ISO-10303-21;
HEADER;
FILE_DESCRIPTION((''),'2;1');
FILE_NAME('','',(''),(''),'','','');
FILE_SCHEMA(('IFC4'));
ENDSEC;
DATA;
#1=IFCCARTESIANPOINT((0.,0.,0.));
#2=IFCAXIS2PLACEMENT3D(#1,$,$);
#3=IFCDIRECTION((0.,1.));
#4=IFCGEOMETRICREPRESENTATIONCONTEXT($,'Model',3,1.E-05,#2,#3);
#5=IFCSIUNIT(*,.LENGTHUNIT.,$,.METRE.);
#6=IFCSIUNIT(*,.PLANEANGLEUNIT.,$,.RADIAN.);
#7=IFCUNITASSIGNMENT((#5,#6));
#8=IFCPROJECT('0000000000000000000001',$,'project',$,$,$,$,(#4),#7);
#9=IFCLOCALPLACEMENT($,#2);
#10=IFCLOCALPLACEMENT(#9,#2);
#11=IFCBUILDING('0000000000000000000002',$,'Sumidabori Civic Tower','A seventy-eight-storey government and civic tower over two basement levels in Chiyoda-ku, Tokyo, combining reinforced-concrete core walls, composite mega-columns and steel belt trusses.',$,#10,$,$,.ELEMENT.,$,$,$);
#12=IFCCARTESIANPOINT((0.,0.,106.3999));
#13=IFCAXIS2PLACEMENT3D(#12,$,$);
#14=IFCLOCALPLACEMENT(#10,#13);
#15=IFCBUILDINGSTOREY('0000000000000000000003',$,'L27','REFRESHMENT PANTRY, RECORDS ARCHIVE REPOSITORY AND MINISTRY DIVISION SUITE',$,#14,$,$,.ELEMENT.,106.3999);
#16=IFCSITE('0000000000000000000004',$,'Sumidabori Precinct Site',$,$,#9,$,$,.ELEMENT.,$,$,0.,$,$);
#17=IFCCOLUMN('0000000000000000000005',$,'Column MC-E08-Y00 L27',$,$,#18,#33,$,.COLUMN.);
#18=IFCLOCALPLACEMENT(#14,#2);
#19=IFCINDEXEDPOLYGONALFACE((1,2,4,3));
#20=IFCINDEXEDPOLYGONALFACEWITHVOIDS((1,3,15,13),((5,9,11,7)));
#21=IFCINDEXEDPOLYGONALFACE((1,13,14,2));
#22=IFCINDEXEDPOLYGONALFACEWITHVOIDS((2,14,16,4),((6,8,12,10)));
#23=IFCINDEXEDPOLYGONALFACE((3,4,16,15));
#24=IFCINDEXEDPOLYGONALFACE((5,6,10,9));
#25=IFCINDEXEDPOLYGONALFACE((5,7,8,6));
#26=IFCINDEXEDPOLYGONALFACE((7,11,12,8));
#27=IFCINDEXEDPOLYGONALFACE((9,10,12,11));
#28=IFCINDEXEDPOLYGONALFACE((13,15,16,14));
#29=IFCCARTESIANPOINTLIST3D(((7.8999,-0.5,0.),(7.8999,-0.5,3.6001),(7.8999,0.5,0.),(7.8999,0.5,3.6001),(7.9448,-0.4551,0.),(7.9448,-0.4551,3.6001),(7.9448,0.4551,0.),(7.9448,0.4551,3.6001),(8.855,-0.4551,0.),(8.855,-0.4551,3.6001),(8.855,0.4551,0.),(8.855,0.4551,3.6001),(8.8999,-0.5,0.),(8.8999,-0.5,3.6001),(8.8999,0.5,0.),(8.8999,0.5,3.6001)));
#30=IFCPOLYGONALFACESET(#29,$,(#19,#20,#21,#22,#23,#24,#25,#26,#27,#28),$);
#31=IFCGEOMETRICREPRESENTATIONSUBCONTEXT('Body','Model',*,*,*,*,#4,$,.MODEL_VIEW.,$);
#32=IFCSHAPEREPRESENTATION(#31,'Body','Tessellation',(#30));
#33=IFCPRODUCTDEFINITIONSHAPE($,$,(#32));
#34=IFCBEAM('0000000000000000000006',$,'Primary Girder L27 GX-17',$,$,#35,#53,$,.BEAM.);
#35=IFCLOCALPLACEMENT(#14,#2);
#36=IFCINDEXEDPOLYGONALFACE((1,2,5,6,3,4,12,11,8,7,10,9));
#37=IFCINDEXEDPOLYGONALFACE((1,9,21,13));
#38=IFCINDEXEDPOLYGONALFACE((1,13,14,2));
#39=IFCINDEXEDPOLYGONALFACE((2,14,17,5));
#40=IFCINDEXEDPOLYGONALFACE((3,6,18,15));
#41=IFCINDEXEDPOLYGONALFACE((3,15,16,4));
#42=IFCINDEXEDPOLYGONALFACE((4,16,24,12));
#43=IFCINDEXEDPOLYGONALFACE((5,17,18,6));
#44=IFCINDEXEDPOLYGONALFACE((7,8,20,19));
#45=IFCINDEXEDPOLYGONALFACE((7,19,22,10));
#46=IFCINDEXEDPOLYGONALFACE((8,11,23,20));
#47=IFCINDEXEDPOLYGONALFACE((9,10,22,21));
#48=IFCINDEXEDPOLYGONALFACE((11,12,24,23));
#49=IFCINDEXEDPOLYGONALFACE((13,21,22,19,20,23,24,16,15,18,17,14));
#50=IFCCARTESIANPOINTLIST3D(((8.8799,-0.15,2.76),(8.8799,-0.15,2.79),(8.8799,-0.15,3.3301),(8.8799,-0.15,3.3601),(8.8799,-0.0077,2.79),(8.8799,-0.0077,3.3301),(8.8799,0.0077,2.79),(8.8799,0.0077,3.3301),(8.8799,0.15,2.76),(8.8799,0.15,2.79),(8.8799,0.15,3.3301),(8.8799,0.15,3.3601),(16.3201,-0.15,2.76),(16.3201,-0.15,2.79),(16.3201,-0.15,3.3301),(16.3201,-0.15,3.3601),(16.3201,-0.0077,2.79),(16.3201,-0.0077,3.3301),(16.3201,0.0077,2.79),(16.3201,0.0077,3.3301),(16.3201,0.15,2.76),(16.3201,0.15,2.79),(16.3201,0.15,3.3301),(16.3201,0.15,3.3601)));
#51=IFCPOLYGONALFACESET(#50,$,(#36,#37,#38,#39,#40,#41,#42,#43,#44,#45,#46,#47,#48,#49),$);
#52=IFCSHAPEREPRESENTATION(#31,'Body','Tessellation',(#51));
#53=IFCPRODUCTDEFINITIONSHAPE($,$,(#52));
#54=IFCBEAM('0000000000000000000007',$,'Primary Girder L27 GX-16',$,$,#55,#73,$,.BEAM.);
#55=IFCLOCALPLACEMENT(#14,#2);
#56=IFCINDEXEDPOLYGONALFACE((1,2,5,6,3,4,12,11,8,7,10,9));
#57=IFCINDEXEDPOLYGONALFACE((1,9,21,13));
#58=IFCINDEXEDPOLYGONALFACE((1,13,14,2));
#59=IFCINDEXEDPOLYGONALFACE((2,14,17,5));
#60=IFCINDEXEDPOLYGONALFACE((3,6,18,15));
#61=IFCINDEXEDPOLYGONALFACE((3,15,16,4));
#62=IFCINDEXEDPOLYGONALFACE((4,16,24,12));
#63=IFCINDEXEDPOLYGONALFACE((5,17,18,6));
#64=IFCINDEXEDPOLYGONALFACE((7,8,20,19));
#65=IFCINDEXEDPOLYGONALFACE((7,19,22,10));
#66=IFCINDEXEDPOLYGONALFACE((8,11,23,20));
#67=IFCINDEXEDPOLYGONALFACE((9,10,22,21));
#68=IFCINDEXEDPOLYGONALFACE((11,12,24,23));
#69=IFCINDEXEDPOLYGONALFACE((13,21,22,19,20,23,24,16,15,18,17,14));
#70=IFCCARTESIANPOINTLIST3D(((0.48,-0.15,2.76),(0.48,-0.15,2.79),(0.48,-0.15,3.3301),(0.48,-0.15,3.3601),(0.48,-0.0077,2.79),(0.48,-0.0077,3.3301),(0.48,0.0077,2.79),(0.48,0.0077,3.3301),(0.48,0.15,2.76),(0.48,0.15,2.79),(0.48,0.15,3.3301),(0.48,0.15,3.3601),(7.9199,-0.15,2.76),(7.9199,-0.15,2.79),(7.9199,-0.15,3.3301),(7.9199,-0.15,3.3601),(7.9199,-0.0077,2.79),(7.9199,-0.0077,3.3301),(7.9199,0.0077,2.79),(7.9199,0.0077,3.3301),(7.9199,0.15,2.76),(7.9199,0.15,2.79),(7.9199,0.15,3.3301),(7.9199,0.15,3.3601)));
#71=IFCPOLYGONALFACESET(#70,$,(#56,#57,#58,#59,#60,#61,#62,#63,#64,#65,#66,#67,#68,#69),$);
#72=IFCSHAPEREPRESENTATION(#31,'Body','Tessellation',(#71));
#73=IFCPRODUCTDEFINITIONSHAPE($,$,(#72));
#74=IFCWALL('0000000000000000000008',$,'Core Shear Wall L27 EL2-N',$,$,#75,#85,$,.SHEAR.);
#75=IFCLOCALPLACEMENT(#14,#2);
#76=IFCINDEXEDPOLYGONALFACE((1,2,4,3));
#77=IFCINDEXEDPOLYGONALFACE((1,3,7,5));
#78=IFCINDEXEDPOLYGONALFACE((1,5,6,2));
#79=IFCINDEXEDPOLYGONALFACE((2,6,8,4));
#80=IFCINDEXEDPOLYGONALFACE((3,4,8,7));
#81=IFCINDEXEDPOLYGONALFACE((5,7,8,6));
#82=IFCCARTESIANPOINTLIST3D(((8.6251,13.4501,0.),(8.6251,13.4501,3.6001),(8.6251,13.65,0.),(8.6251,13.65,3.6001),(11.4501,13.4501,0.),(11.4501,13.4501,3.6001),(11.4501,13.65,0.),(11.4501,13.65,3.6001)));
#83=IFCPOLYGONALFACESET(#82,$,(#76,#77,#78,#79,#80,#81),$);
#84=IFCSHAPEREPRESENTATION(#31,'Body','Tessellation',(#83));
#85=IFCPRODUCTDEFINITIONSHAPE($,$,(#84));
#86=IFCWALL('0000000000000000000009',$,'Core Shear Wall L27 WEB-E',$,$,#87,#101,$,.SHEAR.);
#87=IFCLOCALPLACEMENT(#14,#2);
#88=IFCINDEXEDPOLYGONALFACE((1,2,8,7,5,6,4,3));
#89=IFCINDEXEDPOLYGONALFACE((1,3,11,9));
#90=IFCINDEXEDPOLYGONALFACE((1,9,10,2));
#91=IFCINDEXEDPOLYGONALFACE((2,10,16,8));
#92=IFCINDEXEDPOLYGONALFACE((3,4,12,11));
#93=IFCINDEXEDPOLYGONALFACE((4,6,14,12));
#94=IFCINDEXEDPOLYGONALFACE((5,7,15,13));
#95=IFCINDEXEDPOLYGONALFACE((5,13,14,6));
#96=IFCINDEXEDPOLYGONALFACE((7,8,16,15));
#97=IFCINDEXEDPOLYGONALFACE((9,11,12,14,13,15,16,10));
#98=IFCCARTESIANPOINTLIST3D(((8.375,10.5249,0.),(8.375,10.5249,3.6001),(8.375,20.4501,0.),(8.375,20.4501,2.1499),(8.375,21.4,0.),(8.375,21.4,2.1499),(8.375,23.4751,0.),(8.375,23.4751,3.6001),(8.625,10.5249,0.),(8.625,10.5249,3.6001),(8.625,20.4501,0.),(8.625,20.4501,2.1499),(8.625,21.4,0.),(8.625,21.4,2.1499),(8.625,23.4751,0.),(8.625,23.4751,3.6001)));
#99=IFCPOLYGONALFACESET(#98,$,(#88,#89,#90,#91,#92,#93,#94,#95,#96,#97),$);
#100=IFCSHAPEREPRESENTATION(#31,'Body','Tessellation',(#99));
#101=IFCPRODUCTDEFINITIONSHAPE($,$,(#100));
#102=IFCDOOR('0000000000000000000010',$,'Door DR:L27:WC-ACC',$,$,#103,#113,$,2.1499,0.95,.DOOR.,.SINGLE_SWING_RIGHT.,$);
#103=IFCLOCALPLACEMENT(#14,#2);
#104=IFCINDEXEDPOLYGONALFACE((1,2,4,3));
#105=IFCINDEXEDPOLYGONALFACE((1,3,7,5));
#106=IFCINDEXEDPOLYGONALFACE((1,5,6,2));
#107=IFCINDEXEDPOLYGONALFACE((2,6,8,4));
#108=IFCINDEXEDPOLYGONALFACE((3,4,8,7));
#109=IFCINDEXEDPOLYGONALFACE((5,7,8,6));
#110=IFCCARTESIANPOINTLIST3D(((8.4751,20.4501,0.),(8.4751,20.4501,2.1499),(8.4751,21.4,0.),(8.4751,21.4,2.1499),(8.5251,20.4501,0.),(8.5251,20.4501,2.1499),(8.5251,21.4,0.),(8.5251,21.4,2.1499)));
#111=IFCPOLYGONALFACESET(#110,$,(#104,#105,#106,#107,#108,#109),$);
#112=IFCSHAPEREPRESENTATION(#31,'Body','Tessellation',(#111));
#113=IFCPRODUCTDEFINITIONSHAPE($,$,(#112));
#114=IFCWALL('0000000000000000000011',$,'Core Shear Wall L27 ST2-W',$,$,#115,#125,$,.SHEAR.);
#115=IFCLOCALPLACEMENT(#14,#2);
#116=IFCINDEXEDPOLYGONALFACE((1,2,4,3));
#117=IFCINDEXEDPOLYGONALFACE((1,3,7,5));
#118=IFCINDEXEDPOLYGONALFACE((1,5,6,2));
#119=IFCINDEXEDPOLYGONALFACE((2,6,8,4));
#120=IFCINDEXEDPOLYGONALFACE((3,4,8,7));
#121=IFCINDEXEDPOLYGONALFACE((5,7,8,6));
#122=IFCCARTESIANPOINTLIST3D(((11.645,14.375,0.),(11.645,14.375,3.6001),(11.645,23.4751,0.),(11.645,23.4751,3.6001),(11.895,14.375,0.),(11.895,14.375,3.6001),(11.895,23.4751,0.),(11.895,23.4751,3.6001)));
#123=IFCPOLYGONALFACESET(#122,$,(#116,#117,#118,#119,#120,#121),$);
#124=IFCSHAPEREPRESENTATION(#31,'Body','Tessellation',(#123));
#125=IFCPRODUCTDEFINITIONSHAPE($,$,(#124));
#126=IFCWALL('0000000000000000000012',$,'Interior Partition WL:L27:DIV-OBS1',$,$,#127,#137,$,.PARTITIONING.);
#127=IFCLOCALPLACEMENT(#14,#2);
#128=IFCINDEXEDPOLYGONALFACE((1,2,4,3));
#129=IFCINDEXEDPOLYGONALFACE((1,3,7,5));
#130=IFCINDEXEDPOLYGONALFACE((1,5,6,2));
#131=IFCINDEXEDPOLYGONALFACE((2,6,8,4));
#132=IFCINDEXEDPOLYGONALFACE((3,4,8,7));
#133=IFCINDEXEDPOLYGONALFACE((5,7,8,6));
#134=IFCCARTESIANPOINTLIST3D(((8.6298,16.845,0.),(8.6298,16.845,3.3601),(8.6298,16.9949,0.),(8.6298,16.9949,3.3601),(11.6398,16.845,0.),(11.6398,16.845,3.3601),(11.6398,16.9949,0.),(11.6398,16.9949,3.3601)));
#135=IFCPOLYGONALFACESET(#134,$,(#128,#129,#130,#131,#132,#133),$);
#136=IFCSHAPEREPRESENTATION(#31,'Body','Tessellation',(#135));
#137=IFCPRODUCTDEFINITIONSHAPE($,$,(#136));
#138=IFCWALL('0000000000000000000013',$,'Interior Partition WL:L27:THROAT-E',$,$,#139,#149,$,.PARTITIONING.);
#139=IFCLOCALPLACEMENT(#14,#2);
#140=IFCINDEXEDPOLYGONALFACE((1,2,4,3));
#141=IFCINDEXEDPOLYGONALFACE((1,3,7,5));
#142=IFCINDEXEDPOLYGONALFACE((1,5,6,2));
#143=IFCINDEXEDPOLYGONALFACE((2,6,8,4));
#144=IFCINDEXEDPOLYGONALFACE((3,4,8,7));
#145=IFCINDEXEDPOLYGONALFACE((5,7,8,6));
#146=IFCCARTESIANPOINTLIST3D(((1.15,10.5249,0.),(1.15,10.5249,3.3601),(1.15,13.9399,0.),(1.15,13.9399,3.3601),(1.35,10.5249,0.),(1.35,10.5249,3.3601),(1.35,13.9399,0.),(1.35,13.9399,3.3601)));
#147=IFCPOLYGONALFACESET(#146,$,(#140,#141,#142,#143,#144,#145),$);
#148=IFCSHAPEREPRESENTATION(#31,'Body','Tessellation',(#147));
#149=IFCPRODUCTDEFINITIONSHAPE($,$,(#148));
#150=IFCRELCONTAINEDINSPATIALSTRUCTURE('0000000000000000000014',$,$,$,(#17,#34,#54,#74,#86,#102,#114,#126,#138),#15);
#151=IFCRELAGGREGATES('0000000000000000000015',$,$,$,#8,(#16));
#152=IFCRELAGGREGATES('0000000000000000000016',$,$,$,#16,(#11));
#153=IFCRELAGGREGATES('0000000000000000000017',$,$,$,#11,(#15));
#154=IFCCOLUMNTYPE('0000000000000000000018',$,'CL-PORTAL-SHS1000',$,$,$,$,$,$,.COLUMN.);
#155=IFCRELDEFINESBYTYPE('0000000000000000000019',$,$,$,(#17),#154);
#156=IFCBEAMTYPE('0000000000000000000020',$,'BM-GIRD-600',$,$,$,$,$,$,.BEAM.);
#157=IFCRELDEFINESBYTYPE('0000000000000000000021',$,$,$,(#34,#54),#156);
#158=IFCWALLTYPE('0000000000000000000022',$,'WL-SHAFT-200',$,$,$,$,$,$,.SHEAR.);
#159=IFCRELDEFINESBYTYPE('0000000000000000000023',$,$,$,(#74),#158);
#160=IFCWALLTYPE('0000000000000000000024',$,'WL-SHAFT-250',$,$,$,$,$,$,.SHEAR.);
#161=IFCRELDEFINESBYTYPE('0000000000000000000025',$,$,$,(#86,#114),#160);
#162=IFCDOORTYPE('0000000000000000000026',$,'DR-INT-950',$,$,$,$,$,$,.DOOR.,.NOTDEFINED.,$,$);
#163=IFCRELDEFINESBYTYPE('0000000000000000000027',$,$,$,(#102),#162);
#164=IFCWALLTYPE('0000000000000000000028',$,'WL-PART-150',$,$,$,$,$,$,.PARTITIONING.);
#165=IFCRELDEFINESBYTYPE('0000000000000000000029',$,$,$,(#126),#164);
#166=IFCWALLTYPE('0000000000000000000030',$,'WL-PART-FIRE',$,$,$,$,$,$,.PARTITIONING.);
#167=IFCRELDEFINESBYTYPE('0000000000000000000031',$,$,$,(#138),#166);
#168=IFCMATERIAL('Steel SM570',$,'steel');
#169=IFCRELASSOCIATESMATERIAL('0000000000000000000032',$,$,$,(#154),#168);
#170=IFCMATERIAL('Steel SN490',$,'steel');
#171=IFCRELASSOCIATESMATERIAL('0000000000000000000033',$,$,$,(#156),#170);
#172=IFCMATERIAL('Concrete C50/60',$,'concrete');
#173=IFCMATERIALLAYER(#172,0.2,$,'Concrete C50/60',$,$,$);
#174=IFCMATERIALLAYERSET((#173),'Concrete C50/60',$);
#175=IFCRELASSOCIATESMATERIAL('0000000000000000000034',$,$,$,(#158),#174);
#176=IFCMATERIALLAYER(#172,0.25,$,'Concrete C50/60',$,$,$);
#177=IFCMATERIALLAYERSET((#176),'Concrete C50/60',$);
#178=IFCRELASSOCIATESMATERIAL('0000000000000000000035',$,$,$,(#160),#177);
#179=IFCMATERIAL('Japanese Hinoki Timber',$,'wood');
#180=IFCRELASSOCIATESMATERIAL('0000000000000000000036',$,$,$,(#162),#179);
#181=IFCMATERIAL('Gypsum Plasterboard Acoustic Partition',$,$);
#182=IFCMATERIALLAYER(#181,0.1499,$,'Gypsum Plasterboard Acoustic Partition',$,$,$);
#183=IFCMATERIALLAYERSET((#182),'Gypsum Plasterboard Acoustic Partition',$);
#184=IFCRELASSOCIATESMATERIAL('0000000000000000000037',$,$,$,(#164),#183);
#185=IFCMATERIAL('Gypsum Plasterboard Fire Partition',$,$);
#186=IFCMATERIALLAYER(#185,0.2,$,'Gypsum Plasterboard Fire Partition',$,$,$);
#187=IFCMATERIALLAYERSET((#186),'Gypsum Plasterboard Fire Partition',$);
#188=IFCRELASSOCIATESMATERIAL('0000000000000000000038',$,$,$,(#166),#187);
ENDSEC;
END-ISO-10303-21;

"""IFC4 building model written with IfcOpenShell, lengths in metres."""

from ifc_helpers import new_model, si_unit, direction, frame, frame_2d, origin, origin_2d, place, context, subcontext, project, spatial, rectangle, hollow_rectangle, i_section, extrude, source, transform, mapped, material, layer, layer_set, material_profile, profile_set, type_object, element, fill, save


model = new_model("IFC4")

# Units and contexts
model_context = context("Model", 3, precision=1e-05, world=origin(), true_north=direction((0.0, 1.0)))
body_context = subcontext(model_context, "Body", "Model", "MODEL_VIEW")
ifc_project = project(units=[si_unit("LENGTHUNIT", "METRE"), si_unit("PLANEANGLEUNIT", "RADIAN")], contexts=[model_context])

# Site, building, storey
site_placement = place(None, origin())
site = spatial("IfcSite", under=ifc_project, at=site_placement, Name="Sumidabori Precinct Site", CompositionType="ELEMENT", RefElevation=0.0)
building_placement = place(site_placement, origin())
building = spatial("IfcBuilding", under=site, at=building_placement, Name="Sumidabori Civic Tower", Description="A seventy-eight-storey government and civic tower over two basement levels in Chiyoda-ku, Tokyo, combining reinforced-concrete core walls, composite mega-columns and steel belt trusses.", CompositionType="ELEMENT")
storey_placement = place(building_placement, frame((0.0, 0.0, 106.3999)))
storey = spatial("IfcBuildingStorey", under=building, at=storey_placement, Name="L27", Description="REFRESHMENT PANTRY, RECORDS ARCHIVE REPOSITORY AND MINISTRY DIVISION SUITE", CompositionType="ELEMENT", Elevation=106.3999)

# Column
ifc_material_1 = material(Name="Steel SM570", Category="steel")
ifc_material_profile_1 = material_profile(ifc_material_1, hollow_rectangle(XDim=1.0, YDim=1.0, WallThickness=0.0449, at=origin_2d()), Name="SHS 1000x1000x45")
ifc_profile_set_1 = profile_set([ifc_material_profile_1], Name="Steel SM570")
column_type = type_object("IfcColumnType", Name="CL-PORTAL-SHS1000", PredefinedType="COLUMN", material=ifc_profile_set_1)
shared_shape_1 = source(origin(), body_context, "Body", "SweptSolid", [
    extrude(hollow_rectangle(XDim=1.0, YDim=1.0, WallThickness=0.0449, at=origin_2d()), origin(), (0.0, 0.0, 1.0), 3.6001),
])
column_placement = place(storey_placement, frame((8.3999, 0.0, 0.0), z_axis=(0.0, 0.0, 1.0), x_axis=(1.0, 0.0, 0.0)))
element("IfcColumn", 1, at=column_placement, inside=storey, type_object=column_type, Name="Column MC-E08-Y00 L27", PredefinedType="COLUMN", context=body_context, shape_type="MappedRepresentation", body=[
    mapped(shared_shape_1, transform((0.0, 0.0, 0.0), x_axis=(1.0, 0.0, 0.0), y_axis=(0.0, 1.0, 0.0), z_axis=(0.0, 0.0, 1.0), scale=1.0)),
])

# Beams
ifc_material_2 = material(Name="Steel SN490", Category="steel")
ifc_material_profile_2 = material_profile(ifc_material_2, i_section(OverallWidth=0.3, OverallDepth=0.6001, WebThickness=0.0154, FlangeThickness=0.03, at=origin_2d()), Name="HE 600 B")
ifc_profile_set_2 = profile_set([ifc_material_profile_2], Name="Steel SN490")
beam_type = type_object("IfcBeamType", Name="BM-GIRD-600", PredefinedType="BEAM", material=ifc_profile_set_2)
shared_shape_2 = source(origin(), body_context, "Body", "SweptSolid", [
    extrude(i_section(OverallWidth=0.3, OverallDepth=0.6001, WebThickness=0.0154, FlangeThickness=0.03, at=origin_2d()), origin(), (0.0, 0.0, 1.0), 7.4402),
])
beam_1_placement = place(storey_placement, frame((8.8799, 0.0, 3.0601), z_axis=(1.0, 0.0, 0.0), x_axis=(0.0, 1.0, 0.0)))
element("IfcBeam", 2, at=beam_1_placement, inside=storey, type_object=beam_type, Name="Primary Girder L27 GX-17", PredefinedType="BEAM", context=body_context, shape_type="MappedRepresentation", body=[
    mapped(shared_shape_2, transform((0.0, 0.0, 0.0), x_axis=(1.0, 0.0, 0.0), y_axis=(0.0, 1.0, 0.0), z_axis=(0.0, 0.0, 1.0), scale=1.0)),
])
shared_shape_3 = source(origin(), body_context, "Body", "SweptSolid", [
    extrude(i_section(OverallWidth=0.3, OverallDepth=0.6001, WebThickness=0.0154, FlangeThickness=0.03, at=origin_2d()), origin(), (0.0, 0.0, 1.0), 7.4399),
])
beam_2_placement = place(storey_placement, frame((0.48, 0.0, 3.0601), z_axis=(1.0, 0.0, 0.0), x_axis=(0.0, 1.0, 0.0)))
element("IfcBeam", 3, at=beam_2_placement, inside=storey, type_object=beam_type, Name="Primary Girder L27 GX-16", PredefinedType="BEAM", context=body_context, shape_type="MappedRepresentation", body=[
    mapped(shared_shape_3, transform((0.0, 0.0, 0.0), x_axis=(1.0, 0.0, 0.0), y_axis=(0.0, 1.0, 0.0), z_axis=(0.0, 0.0, 1.0), scale=1.0)),
])

# Wall
ifc_material_3 = material(Name="Concrete C50/60", Category="concrete")
ifc_layer_1 = layer(ifc_material_3, 0.2, Name="Concrete C50/60")
ifc_layer_set_1 = layer_set([ifc_layer_1], Name="Concrete C50/60")
wall_type_1 = type_object("IfcWallType", Name="WL-SHAFT-200", PredefinedType="SHEAR", material=ifc_layer_set_1)
shared_shape_4 = source(origin(), body_context, "Body", "SweptSolid", [
    extrude(rectangle(XDim=2.825, YDim=0.2, at=frame_2d((1.4126, 0.0))), origin(), (0.0, 0.0, 1.0), 3.6001),
])
wall_1_placement = place(storey_placement, frame((8.625, 13.55, 0.0), z_axis=(0.0, 0.0, 1.0), x_axis=(1.0, 0.0, 0.0)))
element("IfcWall", 4, at=wall_1_placement, inside=storey, type_object=wall_type_1, Name="Core Shear Wall L27 EL2-N", PredefinedType="SHEAR", context=body_context, shape_type="MappedRepresentation", body=[
    mapped(shared_shape_4, transform((0.0, 0.0, 0.0), x_axis=(1.0, 0.0, 0.0), y_axis=(0.0, 1.0, 0.0), z_axis=(0.0, 0.0, 1.0), scale=1.0)),
])

# Wall, opening, door
ifc_layer_2 = layer(ifc_material_3, 0.25, Name="Concrete C50/60")
ifc_layer_set_2 = layer_set([ifc_layer_2], Name="Concrete C50/60")
wall_type_2 = type_object("IfcWallType", Name="WL-SHAFT-250", PredefinedType="SHEAR", material=ifc_layer_set_2)
shared_shape_5 = source(origin(), body_context, "Body", "SweptSolid", [
    extrude(rectangle(XDim=12.9502, YDim=0.25, at=frame_2d((6.4751, 0.0))), origin(), (0.0, 0.0, 1.0), 3.6001),
])
wall_2_placement = place(storey_placement, frame((8.5, 10.5249, 0.0), z_axis=(0.0, 0.0, 1.0), x_axis=(0.0, 1.0, 0.0)))
wall_2 = element("IfcWall", 5, at=wall_2_placement, inside=storey, type_object=wall_type_2, Name="Core Shear Wall L27 WEB-E", PredefinedType="SHEAR", context=body_context, shape_type="MappedRepresentation", body=[
    mapped(shared_shape_5, transform((0.0, 0.0, 0.0), x_axis=(1.0, 0.0, 0.0), y_axis=(0.0, 1.0, 0.0), z_axis=(0.0, 0.0, 1.0), scale=1.0)),
])
opening_1_placement = place(wall_2_placement, frame((9.925, 0.0, 0.0)))
opening_1 = element("IfcOpeningElement", 6, at=opening_1_placement, cuts=wall_2, PredefinedType="OPENING", context=body_context, shape_type="SweptSolid", body=[
    extrude(rectangle(XDim=0.95, YDim=2.1499, at=frame_2d((0.4751, 1.075))), frame((0.0, 0.137, 0.0), z_axis=(0.0, -1.0, 0.0), x_axis=(1.0, 0.0, 0.0)), (0.0, 0.0, 1.0), 0.2739),
])
ifc_material_4 = material(Name="Japanese Hinoki Timber", Category="wood")
door_type_1 = type_object("IfcDoorType", Name="DR-INT-950", OperationType="NOTDEFINED", PredefinedType="DOOR", material=ifc_material_4)
shared_shape_6 = source(origin(), body_context, "Body", "SweptSolid", [
    extrude(rectangle(XDim=0.95, YDim=2.1499, at=frame_2d((0.4751, 1.075))), frame((0.0, 0.0249, 0.0), z_axis=(0.0, -1.0, 0.0), x_axis=(1.0, 0.0, 0.0)), (0.0, 0.0, 1.0), 0.05),
])
door_1_placement = place(opening_1_placement, origin())
door_1 = element("IfcDoor", 7, at=door_1_placement, inside=storey, type_object=door_type_1, Name="Door DR:L27:WC-ACC", OperationType="SINGLE_SWING_RIGHT", OverallHeight=2.1499, OverallWidth=0.95, PredefinedType="DOOR", context=body_context, shape_type="MappedRepresentation", body=[
    mapped(shared_shape_6, transform((0.0, 0.0, 0.0), x_axis=(1.0, 0.0, 0.0), y_axis=(0.0, 1.0, 0.0), z_axis=(0.0, 0.0, 1.0), scale=1.0)),
])
fill(opening_1, door_1)

# Wall
shared_shape_7 = source(origin(), body_context, "Body", "SweptSolid", [
    extrude(rectangle(XDim=9.1001, YDim=0.25, at=frame_2d((4.55, 0.0))), origin(), (0.0, 0.0, 1.0), 3.6001),
])
wall_3_placement = place(storey_placement, frame((11.77, 14.375, 0.0), z_axis=(0.0, 0.0, 1.0), x_axis=(0.0, 1.0, 0.0)))
element("IfcWall", 8, at=wall_3_placement, inside=storey, type_object=wall_type_2, Name="Core Shear Wall L27 ST2-W", PredefinedType="SHEAR", context=body_context, shape_type="MappedRepresentation", body=[
    mapped(shared_shape_7, transform((0.0, 0.0, 0.0), x_axis=(1.0, 0.0, 0.0), y_axis=(0.0, 1.0, 0.0), z_axis=(0.0, 0.0, 1.0), scale=1.0)),
])

# Wall
ifc_material_5 = material(Name="Gypsum Plasterboard Acoustic Partition")
ifc_layer_3 = layer(ifc_material_5, 0.1499, Name="Gypsum Plasterboard Acoustic Partition")
ifc_layer_set_3 = layer_set([ifc_layer_3], Name="Gypsum Plasterboard Acoustic Partition")
wall_type_3 = type_object("IfcWallType", Name="WL-PART-150", PredefinedType="PARTITIONING", material=ifc_layer_set_3)
shared_shape_8 = source(origin(), body_context, "Body", "SweptSolid", [
    extrude(rectangle(XDim=3.01, YDim=0.1499, at=frame_2d((1.5049, 0.0))), origin(), (0.0, 0.0, 1.0), 3.3601),
])
wall_4_placement = place(storey_placement, frame((8.6299, 16.9199, 0.0), z_axis=(0.0, 0.0, 1.0), x_axis=(1.0, 0.0, 0.0)))
element("IfcWall", 9, at=wall_4_placement, inside=storey, type_object=wall_type_3, Name="Interior Partition WL:L27:DIV-OBS1", PredefinedType="PARTITIONING", context=body_context, shape_type="MappedRepresentation", body=[
    mapped(shared_shape_8, transform((0.0, 0.0, 0.0), x_axis=(1.0, 0.0, 0.0), y_axis=(0.0, 1.0, 0.0), z_axis=(0.0, 0.0, 1.0), scale=1.0)),
])

# Shared definitions
ifc_material_6 = material(Name="Gypsum Plasterboard Fire Partition")
ifc_layer_4 = layer(ifc_material_6, 0.2, Name="Gypsum Plasterboard Fire Partition")
ifc_layer_set_4 = layer_set([ifc_layer_4], Name="Gypsum Plasterboard Fire Partition")
wall_type_4 = type_object("IfcWallType", Name="WL-PART-FIRE", PredefinedType="PARTITIONING", material=ifc_layer_set_4)

# Wall
shared_shape_9 = source(origin(), body_context, "Body", "SweptSolid", [
    extrude(rectangle(XDim=3.415, YDim=0.2, at=frame_2d((1.7075, 0.0))), origin(), (0.0, 0.0, 1.0), 3.3601),
])
wall_5_placement = place(storey_placement, frame((1.25, 10.5249, 0.0), z_axis=(0.0, 0.0, 1.0), x_axis=(0.0, 1.0, 0.0)))
element("IfcWall", 10, at=wall_5_placement, inside=storey, type_object=wall_type_4, Name="Interior Partition WL:L27:THROAT-E", PredefinedType="PARTITIONING", context=body_context, shape_type="MappedRepresentation", body=[
    mapped(shared_shape_9, transform((0.0, 0.0, 0.0), x_axis=(1.0, 0.0, 0.0), y_axis=(0.0, 1.0, 0.0), z_axis=(0.0, 0.0, 1.0), scale=1.0)),
])

save(model, "model.ifc")
